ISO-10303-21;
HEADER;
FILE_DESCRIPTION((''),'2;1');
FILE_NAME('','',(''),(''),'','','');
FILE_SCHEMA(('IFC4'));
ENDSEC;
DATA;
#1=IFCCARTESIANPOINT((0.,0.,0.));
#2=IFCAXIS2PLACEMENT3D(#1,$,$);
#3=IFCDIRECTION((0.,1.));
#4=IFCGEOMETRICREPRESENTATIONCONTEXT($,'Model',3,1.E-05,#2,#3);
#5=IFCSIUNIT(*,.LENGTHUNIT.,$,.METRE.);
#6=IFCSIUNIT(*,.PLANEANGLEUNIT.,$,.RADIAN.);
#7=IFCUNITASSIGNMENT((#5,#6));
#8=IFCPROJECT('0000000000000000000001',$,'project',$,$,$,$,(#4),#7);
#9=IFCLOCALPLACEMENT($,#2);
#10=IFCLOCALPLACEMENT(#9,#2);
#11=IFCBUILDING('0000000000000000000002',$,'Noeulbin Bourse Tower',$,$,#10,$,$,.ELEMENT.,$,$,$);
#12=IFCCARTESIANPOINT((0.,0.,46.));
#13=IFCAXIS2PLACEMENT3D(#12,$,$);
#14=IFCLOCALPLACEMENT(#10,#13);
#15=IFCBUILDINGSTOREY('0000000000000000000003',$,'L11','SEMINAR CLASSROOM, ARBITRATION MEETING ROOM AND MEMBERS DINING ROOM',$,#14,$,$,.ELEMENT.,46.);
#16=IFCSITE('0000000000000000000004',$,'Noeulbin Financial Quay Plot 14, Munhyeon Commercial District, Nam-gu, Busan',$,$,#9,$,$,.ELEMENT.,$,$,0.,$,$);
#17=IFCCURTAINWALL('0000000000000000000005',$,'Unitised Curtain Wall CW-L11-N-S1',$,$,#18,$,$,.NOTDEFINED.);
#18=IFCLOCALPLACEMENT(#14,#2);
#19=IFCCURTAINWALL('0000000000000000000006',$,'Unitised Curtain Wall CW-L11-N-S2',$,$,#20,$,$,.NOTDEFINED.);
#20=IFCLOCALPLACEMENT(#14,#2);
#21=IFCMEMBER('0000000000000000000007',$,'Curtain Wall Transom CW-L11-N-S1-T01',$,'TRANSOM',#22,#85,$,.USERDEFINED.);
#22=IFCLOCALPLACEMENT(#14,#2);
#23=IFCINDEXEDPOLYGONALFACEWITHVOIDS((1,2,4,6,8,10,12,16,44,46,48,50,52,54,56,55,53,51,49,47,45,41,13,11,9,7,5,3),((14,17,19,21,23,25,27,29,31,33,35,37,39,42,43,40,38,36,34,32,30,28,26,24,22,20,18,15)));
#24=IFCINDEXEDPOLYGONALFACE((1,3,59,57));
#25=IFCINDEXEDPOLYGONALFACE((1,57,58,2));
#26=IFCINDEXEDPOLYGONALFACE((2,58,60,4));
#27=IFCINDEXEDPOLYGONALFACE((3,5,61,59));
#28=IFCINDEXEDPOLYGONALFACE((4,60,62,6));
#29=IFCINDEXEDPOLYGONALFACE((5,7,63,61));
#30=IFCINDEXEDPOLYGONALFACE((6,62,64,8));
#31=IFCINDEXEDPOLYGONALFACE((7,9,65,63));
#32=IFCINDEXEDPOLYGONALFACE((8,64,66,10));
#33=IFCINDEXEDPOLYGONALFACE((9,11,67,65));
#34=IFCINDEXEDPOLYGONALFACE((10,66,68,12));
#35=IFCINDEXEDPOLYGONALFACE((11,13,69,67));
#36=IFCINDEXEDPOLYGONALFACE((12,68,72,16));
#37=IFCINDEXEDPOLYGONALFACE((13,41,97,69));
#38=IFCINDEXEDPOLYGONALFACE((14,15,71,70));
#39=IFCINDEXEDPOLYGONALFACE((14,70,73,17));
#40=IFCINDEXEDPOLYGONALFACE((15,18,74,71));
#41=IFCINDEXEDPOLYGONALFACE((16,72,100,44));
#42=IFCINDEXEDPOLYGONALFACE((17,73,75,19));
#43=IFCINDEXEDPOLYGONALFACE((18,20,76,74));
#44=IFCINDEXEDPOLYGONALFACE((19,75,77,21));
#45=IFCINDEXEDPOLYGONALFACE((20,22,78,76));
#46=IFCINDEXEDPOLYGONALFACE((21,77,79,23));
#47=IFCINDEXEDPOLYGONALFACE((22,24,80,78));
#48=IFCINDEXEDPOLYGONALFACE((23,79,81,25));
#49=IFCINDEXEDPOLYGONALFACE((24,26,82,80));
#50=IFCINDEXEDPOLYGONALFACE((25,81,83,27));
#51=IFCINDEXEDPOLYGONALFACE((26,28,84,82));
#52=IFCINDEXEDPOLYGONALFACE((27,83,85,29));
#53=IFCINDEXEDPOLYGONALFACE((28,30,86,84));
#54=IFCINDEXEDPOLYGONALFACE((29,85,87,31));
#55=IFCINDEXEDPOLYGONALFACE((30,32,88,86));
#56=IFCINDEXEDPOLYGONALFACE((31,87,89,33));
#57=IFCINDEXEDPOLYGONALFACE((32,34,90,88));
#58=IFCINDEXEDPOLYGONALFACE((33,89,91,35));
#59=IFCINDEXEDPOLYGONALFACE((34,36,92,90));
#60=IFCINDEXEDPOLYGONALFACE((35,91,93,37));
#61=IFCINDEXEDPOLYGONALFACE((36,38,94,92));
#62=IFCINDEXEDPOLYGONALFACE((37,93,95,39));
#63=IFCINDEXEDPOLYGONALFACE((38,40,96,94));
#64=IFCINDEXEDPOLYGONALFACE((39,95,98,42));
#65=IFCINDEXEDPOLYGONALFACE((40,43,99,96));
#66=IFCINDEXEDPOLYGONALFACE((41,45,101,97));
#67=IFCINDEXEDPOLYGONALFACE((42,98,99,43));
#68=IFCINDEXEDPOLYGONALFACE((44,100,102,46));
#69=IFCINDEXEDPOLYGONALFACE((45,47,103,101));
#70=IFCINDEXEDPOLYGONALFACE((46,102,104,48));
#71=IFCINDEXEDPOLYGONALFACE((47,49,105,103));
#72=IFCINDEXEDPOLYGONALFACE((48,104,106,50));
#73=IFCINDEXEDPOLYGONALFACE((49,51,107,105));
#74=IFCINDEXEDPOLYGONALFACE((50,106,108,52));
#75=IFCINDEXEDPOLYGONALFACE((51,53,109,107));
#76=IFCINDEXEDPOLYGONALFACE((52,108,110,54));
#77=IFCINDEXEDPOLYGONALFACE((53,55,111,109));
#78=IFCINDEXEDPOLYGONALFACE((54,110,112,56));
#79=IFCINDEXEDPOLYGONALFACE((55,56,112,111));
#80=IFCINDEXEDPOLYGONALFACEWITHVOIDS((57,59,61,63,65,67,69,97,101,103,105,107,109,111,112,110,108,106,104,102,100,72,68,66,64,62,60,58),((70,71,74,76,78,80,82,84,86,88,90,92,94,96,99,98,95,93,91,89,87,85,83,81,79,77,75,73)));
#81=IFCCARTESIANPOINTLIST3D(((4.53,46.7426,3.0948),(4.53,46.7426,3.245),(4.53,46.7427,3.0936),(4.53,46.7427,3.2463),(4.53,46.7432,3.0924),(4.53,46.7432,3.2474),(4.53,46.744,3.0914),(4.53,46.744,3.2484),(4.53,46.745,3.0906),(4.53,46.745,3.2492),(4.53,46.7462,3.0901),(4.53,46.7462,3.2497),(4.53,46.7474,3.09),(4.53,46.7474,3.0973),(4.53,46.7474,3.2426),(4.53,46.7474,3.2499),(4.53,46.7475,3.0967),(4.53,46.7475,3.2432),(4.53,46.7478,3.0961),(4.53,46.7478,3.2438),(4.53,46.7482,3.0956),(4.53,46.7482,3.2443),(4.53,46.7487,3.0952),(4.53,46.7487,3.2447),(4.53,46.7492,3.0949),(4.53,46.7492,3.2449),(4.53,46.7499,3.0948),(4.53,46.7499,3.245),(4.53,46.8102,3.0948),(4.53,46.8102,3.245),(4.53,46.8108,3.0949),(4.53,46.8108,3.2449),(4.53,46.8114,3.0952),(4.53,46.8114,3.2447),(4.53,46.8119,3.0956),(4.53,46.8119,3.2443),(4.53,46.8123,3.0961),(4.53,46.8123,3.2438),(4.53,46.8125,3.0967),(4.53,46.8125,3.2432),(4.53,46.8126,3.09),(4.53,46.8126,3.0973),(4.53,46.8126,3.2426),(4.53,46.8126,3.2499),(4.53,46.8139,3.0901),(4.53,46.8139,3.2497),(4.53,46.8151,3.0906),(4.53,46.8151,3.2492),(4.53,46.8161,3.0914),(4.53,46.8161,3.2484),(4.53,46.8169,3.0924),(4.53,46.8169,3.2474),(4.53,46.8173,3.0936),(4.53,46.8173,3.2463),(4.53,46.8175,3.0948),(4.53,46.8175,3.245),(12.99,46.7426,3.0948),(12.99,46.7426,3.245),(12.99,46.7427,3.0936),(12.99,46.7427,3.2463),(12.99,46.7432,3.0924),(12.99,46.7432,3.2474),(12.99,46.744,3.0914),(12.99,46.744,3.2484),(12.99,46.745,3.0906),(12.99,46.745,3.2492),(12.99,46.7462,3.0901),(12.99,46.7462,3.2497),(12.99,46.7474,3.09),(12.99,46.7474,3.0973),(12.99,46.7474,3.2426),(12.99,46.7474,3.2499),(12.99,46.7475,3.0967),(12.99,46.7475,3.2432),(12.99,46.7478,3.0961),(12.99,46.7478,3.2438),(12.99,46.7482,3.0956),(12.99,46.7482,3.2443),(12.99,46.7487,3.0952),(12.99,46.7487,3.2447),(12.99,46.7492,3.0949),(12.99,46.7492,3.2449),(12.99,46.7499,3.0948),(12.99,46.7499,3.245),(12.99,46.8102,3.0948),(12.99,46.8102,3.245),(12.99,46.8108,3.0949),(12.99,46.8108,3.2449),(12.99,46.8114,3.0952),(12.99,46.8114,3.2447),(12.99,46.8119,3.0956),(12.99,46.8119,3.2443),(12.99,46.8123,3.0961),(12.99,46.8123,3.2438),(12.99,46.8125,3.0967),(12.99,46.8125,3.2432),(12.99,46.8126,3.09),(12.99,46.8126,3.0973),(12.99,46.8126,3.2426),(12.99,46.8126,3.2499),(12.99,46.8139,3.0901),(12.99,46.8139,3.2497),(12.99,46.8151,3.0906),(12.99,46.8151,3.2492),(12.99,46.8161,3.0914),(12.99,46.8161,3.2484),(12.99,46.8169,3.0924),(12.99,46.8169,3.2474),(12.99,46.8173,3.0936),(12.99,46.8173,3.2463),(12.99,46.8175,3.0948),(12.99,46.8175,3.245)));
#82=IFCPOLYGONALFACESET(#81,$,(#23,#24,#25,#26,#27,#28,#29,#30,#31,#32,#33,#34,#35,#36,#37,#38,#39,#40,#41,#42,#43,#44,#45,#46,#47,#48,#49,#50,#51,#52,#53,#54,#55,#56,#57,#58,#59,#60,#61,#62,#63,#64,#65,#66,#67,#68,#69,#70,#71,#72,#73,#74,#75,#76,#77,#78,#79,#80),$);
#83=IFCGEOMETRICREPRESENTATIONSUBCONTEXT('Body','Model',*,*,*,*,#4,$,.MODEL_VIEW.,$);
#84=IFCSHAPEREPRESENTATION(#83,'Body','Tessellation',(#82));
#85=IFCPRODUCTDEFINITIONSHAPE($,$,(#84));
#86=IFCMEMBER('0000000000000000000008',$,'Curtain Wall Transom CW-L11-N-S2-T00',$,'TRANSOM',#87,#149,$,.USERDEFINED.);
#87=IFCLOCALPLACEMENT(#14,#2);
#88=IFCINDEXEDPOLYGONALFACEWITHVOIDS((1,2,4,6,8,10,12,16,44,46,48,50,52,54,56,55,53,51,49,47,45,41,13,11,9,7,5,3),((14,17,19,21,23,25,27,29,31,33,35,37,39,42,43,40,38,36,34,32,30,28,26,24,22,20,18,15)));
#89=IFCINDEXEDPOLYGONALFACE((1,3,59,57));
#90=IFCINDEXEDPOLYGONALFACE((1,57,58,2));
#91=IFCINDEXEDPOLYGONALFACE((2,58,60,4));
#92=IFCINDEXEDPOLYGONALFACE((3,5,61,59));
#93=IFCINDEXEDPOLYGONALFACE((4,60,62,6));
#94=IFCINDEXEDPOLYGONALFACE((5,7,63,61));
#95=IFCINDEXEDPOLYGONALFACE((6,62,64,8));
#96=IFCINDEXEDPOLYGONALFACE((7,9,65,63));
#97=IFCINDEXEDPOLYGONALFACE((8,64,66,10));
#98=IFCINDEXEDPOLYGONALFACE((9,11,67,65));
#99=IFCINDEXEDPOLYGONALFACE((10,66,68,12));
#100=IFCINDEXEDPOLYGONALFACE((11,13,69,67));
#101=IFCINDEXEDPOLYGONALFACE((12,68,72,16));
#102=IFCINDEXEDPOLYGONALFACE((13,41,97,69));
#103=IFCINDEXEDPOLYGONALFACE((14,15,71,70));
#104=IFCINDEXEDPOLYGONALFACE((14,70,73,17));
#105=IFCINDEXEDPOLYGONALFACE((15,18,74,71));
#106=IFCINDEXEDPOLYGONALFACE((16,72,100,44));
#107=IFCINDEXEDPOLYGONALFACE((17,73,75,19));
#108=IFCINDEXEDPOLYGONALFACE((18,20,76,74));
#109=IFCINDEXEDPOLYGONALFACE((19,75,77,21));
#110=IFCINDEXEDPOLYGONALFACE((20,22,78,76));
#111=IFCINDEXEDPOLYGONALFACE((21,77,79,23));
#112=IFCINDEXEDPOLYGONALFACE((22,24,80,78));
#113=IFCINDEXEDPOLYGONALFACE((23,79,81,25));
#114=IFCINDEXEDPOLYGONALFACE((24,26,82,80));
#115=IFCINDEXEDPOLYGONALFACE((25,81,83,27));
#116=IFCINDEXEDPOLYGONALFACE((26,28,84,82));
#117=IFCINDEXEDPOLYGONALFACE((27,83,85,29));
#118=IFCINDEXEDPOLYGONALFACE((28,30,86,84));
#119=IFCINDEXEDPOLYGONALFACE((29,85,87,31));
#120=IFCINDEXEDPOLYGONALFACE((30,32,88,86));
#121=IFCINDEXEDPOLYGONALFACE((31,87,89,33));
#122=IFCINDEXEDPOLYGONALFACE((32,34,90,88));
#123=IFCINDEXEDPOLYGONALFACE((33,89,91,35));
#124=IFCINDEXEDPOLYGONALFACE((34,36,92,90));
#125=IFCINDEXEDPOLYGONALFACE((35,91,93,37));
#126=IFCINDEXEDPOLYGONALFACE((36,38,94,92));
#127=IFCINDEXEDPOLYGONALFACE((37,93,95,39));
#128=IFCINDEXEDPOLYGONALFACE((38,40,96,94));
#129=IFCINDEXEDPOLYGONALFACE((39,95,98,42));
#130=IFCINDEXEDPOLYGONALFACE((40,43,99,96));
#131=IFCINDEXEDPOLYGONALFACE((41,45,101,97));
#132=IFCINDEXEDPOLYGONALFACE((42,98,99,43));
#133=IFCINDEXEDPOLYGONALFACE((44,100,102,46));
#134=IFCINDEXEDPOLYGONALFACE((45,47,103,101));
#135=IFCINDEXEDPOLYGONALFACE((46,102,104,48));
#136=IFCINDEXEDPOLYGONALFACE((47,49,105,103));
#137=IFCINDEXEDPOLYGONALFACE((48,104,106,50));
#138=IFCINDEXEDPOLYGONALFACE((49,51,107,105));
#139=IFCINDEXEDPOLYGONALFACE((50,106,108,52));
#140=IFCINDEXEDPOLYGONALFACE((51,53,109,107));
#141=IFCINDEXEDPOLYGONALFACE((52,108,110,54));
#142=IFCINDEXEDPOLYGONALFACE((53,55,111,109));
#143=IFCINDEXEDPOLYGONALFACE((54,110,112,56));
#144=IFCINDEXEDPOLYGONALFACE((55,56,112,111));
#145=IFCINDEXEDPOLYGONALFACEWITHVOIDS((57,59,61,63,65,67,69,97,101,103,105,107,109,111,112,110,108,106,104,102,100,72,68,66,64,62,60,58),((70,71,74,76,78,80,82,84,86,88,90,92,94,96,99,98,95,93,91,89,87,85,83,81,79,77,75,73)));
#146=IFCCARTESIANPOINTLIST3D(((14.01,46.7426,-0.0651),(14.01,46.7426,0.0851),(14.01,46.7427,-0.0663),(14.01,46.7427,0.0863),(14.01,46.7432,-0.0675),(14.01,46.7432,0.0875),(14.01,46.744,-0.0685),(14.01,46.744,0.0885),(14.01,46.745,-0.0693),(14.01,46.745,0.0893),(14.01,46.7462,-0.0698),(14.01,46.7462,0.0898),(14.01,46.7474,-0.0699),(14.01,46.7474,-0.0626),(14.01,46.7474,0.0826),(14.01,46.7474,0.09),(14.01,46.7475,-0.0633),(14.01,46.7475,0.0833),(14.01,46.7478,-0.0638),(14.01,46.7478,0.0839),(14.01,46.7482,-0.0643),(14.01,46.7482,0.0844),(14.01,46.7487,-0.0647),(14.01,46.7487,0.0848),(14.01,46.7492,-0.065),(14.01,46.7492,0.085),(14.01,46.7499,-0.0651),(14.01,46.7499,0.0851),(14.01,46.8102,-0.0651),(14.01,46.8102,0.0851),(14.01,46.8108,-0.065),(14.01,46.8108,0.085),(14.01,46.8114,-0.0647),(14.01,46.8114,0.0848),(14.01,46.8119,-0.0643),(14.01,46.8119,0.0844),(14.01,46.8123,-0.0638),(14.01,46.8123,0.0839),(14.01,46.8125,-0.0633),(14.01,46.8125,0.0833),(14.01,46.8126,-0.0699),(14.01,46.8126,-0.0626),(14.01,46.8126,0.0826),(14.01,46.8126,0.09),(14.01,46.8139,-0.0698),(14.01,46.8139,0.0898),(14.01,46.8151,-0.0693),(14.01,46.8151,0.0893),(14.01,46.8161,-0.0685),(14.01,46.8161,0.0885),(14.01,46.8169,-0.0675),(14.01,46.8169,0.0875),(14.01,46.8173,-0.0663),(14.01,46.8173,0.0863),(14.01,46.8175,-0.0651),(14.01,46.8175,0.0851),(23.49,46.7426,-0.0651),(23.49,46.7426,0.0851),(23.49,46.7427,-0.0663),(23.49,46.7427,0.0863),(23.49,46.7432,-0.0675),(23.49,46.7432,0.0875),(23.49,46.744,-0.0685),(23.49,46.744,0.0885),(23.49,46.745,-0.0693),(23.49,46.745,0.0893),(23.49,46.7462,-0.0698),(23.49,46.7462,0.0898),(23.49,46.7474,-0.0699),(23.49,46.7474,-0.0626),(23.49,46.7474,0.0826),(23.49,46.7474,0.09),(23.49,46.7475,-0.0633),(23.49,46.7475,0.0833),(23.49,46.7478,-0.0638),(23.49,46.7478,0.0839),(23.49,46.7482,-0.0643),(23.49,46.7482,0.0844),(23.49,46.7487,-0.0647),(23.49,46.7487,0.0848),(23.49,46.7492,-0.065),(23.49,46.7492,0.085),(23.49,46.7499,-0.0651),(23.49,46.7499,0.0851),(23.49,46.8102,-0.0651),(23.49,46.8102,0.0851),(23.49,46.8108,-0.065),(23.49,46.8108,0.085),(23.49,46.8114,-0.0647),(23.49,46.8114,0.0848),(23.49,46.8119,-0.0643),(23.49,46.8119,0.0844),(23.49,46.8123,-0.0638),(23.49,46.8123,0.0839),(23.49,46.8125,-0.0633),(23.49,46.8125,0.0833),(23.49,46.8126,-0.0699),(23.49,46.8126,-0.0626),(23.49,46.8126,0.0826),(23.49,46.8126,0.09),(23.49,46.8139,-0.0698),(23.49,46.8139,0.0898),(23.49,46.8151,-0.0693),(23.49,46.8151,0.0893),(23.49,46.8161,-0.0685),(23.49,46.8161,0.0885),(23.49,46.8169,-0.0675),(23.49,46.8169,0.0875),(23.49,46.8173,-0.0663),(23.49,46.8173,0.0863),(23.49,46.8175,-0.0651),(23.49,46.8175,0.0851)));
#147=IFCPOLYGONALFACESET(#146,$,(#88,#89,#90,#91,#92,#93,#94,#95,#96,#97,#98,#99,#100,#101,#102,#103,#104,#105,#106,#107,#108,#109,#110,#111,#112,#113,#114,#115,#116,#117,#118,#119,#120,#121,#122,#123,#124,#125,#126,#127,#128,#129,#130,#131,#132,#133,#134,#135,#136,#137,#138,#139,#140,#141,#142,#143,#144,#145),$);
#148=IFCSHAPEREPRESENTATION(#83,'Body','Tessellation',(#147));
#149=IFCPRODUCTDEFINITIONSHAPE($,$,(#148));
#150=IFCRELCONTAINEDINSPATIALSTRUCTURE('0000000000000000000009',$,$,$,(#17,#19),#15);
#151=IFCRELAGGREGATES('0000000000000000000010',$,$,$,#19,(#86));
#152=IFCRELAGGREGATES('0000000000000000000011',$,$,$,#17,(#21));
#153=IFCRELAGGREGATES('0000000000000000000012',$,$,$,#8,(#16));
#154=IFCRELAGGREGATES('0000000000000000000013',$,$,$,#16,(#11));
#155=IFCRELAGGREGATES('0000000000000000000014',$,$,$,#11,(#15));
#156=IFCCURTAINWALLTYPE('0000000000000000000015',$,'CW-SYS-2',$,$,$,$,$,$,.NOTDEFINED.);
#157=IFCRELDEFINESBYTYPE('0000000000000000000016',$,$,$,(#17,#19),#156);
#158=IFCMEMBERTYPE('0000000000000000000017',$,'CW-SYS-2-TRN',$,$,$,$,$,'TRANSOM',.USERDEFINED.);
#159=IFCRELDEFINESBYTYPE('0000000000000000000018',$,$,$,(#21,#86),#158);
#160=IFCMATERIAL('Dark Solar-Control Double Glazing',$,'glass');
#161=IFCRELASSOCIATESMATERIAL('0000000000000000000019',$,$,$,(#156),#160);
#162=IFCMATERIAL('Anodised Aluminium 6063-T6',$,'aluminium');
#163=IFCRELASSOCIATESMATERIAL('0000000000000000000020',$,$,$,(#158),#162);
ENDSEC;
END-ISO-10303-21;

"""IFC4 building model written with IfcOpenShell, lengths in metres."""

from ifc_helpers import new_model, si_unit, direction, frame, origin, origin_2d, place, context, subcontext, project, spatial, hollow_rectangle, extrude, material, material_profile, profile_set, type_object, element, aggregate, save


model = new_model("IFC4")

# Units and contexts
model_context = context("Model", 3, precision=1e-05, world=origin(), true_north=direction((0.0, 1.0)))
body_context = subcontext(model_context, "Body", "Model", "MODEL_VIEW")
ifc_project = project(units=[si_unit("LENGTHUNIT", "METRE"), si_unit("PLANEANGLEUNIT", "RADIAN")], contexts=[model_context])

# Site, building, storey
site_placement = place(None, origin())
site = spatial("IfcSite", under=ifc_project, at=site_placement, Name="Noeulbin Financial Quay Plot 14, Munhyeon Commercial District, Nam-gu, Busan", CompositionType="ELEMENT", RefElevation=0.0)
building_placement = place(site_placement, origin())
building = spatial("IfcBuilding", under=site, at=building_placement, Name="Noeulbin Bourse Tower", CompositionType="ELEMENT")
storey_placement = place(building_placement, frame((0.0, 0.0, 46.0)))
storey = spatial("IfcBuildingStorey", under=building, at=storey_placement, Name="L11", Description="SEMINAR CLASSROOM, ARBITRATION MEETING ROOM AND MEMBERS DINING ROOM", CompositionType="ELEMENT", Elevation=46.0)

# Curtain wall
ifc_material_1 = material(Name="Dark Solar-Control Double Glazing", Category="glass")
curtain_wall_type = type_object("IfcCurtainWallType", Name="CW-SYS-2", PredefinedType="NOTDEFINED", material=ifc_material_1)
curtain_wall_1_placement = place(storey_placement, origin())
curtain_wall_1 = element("IfcCurtainWall", 1, at=curtain_wall_1_placement, inside=storey, type_object=curtain_wall_type, Name="Unitised Curtain Wall CW-L11-N-S1", PredefinedType="NOTDEFINED")
ifc_material_2 = material(Name="Anodised Aluminium 6063-T6", Category="aluminium")

# Curtain wall
curtain_wall_2_placement = place(storey_placement, origin())
curtain_wall_2 = element("IfcCurtainWall", 2, at=curtain_wall_2_placement, inside=storey, type_object=curtain_wall_type, Name="Unitised Curtain Wall CW-L11-N-S2", PredefinedType="NOTDEFINED")

# Members
ifc_material_profile_1 = material_profile(ifc_material_2, hollow_rectangle(XDim=0.075, YDim=0.1599, WallThickness=0.0049, InnerFilletRadius=0.0024, OuterFilletRadius=0.0049, at=origin_2d()), Name="ALU-TRAN-75x160x5", Category="LoadBearing")
ifc_profile_set_1 = profile_set([ifc_material_profile_1], Name="Anodised Aluminium 6063-T6")
member_type_1 = type_object("IfcMemberType", Name="CW-SYS-2-TRN", ElementType="TRANSOM", PredefinedType="USERDEFINED", material=ifc_profile_set_1)
member_1_placement = place(storey_placement, frame((4.53, 46.78, 3.1699), z_axis=(1.0, 0.0, 0.0), x_axis=(0.0, 1.0, 0.0)))
member_1 = element("IfcMember", 3, at=member_1_placement, type_object=member_type_1, Name="Curtain Wall Transom CW-L11-N-S1-T01", ObjectType="TRANSOM", PredefinedType="USERDEFINED", context=body_context, shape_type="SweptSolid", body=[
    extrude(hollow_rectangle(XDim=0.075, YDim=0.1599, WallThickness=0.0049, InnerFilletRadius=0.0024, OuterFilletRadius=0.0049, at=origin_2d()), origin(), (0.0, 0.0, 1.0), 8.46),
])
member_2_placement = place(storey_placement, frame((14.01, 46.78, 0.01), z_axis=(1.0, 0.0, 0.0), x_axis=(0.0, 1.0, 0.0)))
member_2 = element("IfcMember", 4, at=member_2_placement, type_object=member_type_1, Name="Curtain Wall Transom CW-L11-N-S2-T00", ObjectType="TRANSOM", PredefinedType="USERDEFINED", context=body_context, shape_type="SweptSolid", body=[
    extrude(hollow_rectangle(XDim=0.075, YDim=0.1599, WallThickness=0.0049, InnerFilletRadius=0.0024, OuterFilletRadius=0.0049, at=origin_2d()), origin(), (0.0, 0.0, 1.0), 9.48),
])
aggregate(curtain_wall_2, [member_2])

aggregate(curtain_wall_1, [member_1])

save(model, "model.ifc")
